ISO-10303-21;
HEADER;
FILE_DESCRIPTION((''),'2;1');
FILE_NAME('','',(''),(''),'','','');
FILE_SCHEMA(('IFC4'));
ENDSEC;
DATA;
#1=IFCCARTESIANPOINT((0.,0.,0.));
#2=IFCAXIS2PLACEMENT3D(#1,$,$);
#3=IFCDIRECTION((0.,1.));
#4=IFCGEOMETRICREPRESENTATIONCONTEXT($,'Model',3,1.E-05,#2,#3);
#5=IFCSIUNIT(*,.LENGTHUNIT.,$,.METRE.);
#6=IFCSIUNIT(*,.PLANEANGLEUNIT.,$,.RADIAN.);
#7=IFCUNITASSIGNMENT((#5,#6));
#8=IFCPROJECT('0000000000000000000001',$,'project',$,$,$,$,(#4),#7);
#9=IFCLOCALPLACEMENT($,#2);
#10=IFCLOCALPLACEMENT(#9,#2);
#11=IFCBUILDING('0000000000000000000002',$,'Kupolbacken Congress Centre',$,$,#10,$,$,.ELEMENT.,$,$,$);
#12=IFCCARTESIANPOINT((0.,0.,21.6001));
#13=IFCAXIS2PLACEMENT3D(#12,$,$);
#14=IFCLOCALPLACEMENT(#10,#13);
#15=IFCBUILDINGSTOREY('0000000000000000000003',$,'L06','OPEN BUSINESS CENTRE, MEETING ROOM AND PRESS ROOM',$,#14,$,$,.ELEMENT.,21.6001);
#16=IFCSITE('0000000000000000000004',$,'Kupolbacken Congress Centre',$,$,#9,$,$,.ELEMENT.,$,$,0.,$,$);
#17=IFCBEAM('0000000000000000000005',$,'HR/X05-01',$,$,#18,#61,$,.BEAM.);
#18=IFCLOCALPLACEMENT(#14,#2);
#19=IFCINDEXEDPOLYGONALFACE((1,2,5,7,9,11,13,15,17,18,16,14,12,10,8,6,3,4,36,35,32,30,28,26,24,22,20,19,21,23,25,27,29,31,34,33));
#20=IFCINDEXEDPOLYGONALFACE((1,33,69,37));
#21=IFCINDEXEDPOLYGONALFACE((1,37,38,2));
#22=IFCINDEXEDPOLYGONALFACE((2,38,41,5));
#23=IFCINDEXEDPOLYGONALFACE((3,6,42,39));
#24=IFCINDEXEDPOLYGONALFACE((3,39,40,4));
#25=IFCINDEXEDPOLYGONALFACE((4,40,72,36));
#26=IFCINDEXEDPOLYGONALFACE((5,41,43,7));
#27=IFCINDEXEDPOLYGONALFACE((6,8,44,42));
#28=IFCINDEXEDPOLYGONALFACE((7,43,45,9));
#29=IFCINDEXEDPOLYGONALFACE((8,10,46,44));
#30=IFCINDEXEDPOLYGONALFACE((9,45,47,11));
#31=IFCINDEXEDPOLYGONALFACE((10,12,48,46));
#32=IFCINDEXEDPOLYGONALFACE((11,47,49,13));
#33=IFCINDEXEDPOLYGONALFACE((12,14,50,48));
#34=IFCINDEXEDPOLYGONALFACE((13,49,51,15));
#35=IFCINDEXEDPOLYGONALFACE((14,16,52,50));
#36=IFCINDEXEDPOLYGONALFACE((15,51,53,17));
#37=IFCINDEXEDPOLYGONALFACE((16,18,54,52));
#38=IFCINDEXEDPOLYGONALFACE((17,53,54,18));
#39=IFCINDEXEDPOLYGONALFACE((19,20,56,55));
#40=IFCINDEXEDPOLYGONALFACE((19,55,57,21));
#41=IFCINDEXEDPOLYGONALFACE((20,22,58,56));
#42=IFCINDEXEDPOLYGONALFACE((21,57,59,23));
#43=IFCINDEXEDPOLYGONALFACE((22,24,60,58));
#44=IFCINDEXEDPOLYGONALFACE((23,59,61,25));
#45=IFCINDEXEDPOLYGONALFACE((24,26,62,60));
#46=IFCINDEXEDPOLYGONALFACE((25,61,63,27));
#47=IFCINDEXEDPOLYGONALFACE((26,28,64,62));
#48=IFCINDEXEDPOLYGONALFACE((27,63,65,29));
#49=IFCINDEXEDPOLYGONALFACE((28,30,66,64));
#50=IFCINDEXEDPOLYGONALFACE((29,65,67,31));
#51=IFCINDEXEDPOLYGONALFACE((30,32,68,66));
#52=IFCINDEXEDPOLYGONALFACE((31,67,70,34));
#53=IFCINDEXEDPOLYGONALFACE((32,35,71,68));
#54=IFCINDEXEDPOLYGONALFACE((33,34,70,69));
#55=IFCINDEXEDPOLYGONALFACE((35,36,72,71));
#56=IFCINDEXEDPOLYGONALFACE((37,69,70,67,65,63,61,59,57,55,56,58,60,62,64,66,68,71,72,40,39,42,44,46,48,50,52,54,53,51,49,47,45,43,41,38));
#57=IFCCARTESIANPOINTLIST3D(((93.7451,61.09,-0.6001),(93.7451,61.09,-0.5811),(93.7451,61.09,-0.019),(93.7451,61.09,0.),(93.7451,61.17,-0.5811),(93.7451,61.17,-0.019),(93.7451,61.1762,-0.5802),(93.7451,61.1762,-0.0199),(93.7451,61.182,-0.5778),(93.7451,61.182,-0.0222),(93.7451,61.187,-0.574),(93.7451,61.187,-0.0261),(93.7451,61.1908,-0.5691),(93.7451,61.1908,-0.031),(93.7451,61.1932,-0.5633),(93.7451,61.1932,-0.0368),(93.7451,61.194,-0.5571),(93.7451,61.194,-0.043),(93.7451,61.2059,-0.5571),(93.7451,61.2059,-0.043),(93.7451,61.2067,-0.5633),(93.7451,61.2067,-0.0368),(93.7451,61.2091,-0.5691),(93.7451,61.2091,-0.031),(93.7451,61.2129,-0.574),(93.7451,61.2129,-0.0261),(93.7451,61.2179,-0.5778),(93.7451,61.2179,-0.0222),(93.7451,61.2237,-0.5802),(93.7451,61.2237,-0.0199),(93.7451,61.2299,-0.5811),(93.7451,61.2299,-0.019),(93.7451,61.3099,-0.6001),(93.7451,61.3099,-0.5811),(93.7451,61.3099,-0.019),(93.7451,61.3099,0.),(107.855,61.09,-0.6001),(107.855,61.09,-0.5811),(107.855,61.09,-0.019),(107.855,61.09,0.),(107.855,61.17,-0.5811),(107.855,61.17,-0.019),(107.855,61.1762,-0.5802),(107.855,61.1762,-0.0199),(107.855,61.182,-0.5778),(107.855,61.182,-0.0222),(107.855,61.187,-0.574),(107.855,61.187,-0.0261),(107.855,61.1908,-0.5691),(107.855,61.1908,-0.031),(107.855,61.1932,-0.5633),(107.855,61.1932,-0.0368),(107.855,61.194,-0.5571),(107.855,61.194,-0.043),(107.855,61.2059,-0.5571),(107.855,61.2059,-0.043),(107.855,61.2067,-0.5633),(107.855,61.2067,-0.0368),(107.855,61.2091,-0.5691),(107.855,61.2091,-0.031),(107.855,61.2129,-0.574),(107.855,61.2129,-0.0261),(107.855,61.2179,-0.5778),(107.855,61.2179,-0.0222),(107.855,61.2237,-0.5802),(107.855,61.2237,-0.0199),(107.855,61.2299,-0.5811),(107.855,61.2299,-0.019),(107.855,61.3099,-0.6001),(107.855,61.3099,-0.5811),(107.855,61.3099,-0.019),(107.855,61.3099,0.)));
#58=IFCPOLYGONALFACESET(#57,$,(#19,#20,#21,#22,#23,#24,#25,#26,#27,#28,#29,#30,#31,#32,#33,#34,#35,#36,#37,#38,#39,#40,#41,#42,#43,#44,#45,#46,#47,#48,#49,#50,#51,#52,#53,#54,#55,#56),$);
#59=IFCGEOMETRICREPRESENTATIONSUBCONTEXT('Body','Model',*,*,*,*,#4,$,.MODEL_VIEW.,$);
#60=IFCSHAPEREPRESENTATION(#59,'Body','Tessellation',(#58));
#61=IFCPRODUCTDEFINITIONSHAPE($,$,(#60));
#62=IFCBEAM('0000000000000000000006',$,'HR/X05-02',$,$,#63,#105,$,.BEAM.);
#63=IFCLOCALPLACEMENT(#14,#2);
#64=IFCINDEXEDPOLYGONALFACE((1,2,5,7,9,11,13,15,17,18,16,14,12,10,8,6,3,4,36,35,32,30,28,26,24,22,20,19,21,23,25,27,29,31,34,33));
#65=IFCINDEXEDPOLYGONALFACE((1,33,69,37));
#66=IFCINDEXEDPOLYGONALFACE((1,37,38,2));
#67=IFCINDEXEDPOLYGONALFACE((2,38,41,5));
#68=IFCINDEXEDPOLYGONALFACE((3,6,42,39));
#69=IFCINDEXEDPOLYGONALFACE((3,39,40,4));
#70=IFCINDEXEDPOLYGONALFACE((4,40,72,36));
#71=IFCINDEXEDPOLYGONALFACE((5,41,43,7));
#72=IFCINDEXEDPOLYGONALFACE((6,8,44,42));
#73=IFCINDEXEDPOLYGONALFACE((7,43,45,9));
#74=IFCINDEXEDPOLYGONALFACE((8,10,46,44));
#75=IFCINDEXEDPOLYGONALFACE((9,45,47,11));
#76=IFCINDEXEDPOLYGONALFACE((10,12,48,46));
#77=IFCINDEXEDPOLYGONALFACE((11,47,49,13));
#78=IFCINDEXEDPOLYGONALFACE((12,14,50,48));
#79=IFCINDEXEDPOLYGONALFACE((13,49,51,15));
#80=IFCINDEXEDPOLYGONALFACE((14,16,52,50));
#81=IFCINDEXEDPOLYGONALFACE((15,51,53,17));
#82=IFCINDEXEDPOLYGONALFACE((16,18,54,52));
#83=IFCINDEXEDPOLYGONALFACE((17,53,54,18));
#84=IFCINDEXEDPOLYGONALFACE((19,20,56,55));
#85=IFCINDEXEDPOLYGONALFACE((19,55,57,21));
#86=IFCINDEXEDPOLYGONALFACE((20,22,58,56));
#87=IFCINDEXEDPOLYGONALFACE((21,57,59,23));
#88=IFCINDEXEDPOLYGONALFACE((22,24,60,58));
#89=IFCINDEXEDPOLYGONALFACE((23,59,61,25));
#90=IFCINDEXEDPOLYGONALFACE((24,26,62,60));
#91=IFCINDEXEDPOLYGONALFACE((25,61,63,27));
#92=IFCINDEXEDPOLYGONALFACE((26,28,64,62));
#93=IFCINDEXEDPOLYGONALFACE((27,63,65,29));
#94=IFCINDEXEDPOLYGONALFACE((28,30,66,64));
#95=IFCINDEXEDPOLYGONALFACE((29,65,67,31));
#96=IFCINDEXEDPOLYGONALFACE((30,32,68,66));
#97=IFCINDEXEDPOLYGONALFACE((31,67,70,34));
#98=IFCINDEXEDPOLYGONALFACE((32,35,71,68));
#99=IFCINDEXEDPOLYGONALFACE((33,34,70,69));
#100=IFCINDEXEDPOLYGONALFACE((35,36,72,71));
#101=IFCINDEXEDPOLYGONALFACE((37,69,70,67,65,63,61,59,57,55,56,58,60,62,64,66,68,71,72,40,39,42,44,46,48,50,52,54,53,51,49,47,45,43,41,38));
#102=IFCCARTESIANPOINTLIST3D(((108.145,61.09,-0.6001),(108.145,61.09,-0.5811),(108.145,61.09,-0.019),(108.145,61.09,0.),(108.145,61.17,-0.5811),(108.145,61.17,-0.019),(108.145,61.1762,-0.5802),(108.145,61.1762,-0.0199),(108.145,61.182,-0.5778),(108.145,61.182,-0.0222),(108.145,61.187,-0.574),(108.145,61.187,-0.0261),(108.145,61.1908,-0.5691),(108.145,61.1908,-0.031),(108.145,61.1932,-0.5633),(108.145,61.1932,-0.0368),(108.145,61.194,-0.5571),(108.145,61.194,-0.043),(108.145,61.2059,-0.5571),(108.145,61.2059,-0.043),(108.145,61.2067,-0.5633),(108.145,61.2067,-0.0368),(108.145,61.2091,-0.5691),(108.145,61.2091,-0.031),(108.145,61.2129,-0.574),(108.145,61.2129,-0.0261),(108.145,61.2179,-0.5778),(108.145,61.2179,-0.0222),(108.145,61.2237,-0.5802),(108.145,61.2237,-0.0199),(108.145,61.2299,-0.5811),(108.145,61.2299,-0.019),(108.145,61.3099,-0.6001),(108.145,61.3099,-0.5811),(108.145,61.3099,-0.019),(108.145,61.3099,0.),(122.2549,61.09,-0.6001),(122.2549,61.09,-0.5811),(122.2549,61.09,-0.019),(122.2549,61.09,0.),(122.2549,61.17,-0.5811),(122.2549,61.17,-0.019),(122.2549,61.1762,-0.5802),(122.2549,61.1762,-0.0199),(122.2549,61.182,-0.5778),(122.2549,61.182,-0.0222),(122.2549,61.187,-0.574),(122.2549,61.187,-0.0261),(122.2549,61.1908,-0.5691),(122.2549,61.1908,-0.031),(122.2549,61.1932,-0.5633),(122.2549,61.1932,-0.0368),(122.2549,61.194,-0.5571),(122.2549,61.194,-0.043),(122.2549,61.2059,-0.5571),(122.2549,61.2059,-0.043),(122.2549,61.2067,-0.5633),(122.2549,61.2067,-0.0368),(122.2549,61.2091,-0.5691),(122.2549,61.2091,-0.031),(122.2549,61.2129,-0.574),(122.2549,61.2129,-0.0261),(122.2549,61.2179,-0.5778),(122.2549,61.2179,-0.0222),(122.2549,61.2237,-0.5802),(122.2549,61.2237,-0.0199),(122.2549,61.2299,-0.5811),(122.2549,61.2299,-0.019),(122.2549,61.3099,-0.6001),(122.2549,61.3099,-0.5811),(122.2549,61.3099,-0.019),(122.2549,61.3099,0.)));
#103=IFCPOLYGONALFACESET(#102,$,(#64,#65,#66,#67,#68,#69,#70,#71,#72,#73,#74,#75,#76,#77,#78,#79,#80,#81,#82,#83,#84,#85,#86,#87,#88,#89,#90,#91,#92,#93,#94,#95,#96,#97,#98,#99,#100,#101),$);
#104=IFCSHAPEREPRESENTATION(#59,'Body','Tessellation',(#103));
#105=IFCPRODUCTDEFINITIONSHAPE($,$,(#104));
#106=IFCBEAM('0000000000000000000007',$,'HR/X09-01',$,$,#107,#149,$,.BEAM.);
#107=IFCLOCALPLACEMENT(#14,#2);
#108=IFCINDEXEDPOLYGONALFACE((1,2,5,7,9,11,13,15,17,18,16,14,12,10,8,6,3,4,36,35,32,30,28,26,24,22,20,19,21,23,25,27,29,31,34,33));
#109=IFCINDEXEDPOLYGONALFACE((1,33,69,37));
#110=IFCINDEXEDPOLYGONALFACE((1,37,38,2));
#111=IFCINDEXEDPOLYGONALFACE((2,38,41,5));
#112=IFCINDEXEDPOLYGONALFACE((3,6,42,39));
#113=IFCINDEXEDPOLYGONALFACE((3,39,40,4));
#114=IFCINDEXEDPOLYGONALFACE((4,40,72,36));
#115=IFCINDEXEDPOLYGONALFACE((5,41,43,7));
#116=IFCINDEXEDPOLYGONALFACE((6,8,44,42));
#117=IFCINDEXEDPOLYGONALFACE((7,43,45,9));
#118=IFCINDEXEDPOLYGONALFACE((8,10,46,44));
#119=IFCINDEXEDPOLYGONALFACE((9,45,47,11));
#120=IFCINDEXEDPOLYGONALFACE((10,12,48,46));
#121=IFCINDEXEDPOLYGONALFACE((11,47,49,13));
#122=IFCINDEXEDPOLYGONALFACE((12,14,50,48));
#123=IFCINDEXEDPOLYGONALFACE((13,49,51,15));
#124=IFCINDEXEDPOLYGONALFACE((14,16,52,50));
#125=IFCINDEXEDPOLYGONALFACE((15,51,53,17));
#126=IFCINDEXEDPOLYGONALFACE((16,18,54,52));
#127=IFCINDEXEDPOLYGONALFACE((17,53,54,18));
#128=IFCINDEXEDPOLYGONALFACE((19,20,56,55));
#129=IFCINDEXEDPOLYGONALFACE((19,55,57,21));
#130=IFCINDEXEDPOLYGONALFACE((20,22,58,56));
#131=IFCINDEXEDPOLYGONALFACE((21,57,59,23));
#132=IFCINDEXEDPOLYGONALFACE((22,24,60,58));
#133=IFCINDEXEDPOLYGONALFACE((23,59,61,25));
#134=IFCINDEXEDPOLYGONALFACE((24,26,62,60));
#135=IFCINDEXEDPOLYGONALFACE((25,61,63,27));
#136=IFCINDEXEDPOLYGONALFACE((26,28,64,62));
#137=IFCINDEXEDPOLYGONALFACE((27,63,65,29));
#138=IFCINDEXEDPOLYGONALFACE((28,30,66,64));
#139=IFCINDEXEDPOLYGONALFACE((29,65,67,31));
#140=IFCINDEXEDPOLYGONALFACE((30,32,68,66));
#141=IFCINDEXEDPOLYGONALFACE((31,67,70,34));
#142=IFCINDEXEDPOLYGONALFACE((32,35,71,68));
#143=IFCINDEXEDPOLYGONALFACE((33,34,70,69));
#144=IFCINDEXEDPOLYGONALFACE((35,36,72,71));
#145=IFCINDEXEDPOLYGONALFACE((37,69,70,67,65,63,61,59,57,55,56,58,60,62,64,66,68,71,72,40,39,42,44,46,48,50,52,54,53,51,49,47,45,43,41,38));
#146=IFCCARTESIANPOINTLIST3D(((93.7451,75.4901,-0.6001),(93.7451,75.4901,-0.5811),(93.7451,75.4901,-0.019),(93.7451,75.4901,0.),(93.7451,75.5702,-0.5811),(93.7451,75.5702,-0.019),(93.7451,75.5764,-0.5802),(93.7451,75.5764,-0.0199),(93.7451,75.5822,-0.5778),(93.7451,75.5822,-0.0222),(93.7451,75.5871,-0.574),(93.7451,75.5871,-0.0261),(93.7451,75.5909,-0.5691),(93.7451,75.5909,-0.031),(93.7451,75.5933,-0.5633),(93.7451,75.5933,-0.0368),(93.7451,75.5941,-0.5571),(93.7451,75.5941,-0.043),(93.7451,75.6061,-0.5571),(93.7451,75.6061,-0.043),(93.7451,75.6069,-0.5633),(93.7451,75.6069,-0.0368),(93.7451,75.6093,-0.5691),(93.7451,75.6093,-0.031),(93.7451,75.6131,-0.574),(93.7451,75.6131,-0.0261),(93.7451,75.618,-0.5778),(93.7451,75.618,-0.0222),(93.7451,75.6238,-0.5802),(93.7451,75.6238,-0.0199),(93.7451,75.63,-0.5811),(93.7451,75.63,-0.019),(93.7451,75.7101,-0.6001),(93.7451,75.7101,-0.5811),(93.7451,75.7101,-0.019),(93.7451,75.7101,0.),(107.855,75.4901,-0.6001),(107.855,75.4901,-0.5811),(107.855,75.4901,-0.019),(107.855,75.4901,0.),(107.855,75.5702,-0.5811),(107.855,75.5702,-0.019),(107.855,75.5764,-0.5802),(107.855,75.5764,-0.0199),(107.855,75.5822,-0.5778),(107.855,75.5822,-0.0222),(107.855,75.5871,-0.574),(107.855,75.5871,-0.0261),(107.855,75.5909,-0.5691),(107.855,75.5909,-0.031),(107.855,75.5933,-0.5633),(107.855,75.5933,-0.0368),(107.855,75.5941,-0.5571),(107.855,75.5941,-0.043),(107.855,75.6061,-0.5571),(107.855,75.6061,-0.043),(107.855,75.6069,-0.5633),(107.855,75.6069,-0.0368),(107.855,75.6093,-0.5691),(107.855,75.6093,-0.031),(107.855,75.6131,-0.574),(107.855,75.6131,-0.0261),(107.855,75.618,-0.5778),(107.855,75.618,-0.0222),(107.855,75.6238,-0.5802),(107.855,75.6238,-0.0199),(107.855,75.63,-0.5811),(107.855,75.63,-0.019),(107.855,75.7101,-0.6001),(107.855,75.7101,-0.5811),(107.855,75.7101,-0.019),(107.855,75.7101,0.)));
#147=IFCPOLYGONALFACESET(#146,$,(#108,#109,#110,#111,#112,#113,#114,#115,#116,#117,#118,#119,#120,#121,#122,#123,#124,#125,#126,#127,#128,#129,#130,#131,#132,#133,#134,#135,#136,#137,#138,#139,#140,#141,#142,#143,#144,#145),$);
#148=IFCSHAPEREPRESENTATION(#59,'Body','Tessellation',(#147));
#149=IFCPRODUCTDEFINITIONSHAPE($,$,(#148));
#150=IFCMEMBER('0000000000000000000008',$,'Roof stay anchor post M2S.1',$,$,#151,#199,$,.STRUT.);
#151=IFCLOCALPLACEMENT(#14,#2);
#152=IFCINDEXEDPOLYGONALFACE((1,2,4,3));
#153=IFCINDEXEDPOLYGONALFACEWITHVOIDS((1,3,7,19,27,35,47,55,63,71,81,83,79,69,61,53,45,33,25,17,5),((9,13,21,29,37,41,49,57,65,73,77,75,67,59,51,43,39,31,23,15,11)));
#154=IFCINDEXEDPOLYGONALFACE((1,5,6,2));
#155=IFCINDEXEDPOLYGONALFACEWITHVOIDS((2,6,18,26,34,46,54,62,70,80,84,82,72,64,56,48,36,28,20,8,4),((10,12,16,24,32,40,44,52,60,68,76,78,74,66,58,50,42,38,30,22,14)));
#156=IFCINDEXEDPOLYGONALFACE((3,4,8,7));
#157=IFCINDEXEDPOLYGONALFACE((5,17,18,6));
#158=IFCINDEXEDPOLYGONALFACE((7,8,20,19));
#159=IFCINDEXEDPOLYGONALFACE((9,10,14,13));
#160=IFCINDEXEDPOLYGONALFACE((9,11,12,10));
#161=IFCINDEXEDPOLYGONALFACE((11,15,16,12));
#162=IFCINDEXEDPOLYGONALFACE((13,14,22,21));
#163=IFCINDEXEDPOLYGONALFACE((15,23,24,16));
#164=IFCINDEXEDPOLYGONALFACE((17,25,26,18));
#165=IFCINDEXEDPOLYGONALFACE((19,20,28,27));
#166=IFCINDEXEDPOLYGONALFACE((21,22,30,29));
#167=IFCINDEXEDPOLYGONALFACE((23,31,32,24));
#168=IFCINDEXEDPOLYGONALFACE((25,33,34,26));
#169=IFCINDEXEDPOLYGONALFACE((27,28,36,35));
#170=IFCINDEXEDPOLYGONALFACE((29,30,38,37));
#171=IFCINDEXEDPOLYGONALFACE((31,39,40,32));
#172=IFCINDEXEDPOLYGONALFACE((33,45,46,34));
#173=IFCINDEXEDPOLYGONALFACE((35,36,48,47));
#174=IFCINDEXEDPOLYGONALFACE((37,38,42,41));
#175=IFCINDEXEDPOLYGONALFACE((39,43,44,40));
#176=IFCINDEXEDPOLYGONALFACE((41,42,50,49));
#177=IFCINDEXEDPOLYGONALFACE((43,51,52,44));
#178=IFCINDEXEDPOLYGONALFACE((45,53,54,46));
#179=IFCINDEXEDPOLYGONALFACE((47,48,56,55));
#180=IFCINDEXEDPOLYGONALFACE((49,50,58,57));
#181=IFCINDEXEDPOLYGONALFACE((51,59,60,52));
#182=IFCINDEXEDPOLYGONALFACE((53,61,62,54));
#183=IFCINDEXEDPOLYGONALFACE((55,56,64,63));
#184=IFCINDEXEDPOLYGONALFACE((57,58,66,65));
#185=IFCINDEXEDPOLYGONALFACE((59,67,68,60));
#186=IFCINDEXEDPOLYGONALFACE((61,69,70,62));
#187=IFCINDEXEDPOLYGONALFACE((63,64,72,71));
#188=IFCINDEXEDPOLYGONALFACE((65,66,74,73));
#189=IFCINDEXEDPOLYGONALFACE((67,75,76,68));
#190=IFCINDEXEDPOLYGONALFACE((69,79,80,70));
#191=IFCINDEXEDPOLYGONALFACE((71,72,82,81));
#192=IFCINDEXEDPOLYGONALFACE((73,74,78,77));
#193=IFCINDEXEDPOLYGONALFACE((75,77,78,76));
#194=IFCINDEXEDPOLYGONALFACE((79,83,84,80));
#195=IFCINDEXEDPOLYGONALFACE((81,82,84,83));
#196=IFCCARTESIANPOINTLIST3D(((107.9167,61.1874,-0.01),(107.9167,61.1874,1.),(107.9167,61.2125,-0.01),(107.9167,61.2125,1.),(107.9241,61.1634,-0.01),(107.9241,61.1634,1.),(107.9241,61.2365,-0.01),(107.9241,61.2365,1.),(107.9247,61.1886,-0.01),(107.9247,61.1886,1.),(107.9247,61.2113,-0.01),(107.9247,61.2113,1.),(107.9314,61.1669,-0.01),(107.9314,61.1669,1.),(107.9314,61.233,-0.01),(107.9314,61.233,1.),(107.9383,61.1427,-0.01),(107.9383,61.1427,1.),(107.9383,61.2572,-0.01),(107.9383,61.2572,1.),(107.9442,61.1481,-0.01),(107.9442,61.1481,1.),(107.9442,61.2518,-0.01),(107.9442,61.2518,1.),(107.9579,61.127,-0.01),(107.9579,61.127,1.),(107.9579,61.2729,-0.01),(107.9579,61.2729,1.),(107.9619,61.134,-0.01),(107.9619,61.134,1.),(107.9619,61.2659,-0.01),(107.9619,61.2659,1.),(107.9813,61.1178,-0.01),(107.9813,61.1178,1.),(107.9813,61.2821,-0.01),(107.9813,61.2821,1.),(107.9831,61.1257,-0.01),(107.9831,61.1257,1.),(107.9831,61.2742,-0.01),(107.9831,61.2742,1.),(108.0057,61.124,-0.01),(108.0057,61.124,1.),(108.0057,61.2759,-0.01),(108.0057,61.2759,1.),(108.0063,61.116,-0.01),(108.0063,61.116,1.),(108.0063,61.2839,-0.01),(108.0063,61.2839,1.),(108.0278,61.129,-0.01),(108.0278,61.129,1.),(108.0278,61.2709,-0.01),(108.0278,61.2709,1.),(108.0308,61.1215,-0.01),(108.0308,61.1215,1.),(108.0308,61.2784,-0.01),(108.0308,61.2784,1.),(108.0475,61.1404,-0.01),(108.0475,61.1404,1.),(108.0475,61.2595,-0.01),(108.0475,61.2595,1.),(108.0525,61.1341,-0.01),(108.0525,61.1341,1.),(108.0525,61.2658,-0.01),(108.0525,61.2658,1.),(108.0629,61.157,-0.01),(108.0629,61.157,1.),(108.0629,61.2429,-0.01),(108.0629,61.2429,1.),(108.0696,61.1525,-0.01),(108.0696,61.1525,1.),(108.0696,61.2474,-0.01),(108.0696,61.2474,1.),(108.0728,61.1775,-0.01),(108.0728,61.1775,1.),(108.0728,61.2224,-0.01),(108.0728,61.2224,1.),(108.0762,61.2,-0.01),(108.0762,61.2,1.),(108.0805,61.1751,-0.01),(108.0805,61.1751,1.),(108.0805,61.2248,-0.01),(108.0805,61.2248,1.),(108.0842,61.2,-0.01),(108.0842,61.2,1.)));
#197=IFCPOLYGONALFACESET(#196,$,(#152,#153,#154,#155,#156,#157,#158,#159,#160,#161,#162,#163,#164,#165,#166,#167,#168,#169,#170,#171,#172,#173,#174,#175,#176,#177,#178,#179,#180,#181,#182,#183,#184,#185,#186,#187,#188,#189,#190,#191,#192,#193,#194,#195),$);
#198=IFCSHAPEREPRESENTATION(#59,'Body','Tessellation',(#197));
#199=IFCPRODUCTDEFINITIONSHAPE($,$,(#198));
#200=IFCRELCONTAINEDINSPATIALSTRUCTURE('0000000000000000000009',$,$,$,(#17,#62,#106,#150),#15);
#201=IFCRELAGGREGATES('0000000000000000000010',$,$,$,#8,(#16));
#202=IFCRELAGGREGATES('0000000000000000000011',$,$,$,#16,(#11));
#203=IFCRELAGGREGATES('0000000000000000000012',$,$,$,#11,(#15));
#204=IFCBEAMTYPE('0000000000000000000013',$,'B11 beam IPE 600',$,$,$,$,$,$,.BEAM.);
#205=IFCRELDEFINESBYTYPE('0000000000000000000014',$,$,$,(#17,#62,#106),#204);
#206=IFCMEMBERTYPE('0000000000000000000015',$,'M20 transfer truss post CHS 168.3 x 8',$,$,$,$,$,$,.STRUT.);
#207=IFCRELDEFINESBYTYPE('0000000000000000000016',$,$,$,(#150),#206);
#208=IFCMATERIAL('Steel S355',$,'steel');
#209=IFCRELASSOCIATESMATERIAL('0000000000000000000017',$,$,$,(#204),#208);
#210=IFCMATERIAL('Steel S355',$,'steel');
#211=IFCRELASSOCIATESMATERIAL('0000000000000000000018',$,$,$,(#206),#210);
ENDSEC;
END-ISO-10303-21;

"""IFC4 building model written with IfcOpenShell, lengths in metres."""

from ifc_helpers import new_model, si_unit, direction, frame, origin, origin_2d, place, context, subcontext, project, spatial, hollow_circle, i_section, extrude, material, material_profile, profile_set, type_object, element, save


model = new_model("IFC4")

# Units and contexts
model_context = context("Model", 3, precision=1e-05, world=origin(), true_north=direction((0.0, 1.0)))
body_context = subcontext(model_context, "Body", "Model", "MODEL_VIEW")
ifc_project = project(units=[si_unit("LENGTHUNIT", "METRE"), si_unit("PLANEANGLEUNIT", "RADIAN")], contexts=[model_context])

# Site, building, storey
site_placement = place(None, origin())
site = spatial("IfcSite", under=ifc_project, at=site_placement, Name="Kupolbacken Congress Centre", CompositionType="ELEMENT", RefElevation=0.0)
building_placement = place(site_placement, origin())
building = spatial("IfcBuilding", under=site, at=building_placement, Name="Kupolbacken Congress Centre", CompositionType="ELEMENT")
storey_placement = place(building_placement, frame((0.0, 0.0, 21.6001)))
storey = spatial("IfcBuildingStorey", under=building, at=storey_placement, Name="L06", Description="OPEN BUSINESS CENTRE, MEETING ROOM AND PRESS ROOM", CompositionType="ELEMENT", Elevation=21.6001)

# Beams
ifc_material_1 = material(Name="Steel S355", Category="steel")
ifc_material_profile_1 = material_profile(ifc_material_1, i_section(OverallWidth=0.22, OverallDepth=0.6001, WebThickness=0.012, FlangeThickness=0.019, FilletRadius=0.0239, at=origin_2d()), Name="IPE 600")
ifc_profile_set_1 = profile_set([ifc_material_profile_1], Name="Steel S355")
beam_type_1 = type_object("IfcBeamType", Name="B11 beam IPE 600", PredefinedType="BEAM", material=ifc_profile_set_1)
for number, where, z_axis, x_axis, name in (
    (1, (93.7451, 61.2, -0.3), (1.0, 0.0, 0.0), (0.0, 1.0, 0.0), "HR/X05-01"),
    (2, (108.145, 61.2, -0.3), (1.0, 0.0, 0.0), (0.0, 1.0, 0.0), "HR/X05-02"),
    (3, (93.7451, 75.6001, -0.3), (1.0, 0.0, 0.0), (0.0, 1.0, 0.0), "HR/X09-01"),
):
    element("IfcBeam", number, at=place(storey_placement, frame(where, z_axis=z_axis, x_axis=x_axis)), inside=storey, type_object=beam_type_1, Name=name, PredefinedType="BEAM", context=body_context, shape_type="SweptSolid", body=[
        extrude(i_section(OverallWidth=0.22, OverallDepth=0.6001, WebThickness=0.012, FlangeThickness=0.019, FilletRadius=0.0239, at=origin_2d()), origin(), (0.0, 0.0, 1.0), 14.1099),
    ])

# Member
ifc_material_2 = material(Name="Steel S355", Category="steel")
ifc_material_profile_2 = material_profile(ifc_material_2, hollow_circle(Radius=0.0842, WallThickness=0.0081, at=origin_2d()), Name="CHS 168.3 x 8")
ifc_profile_set_2 = profile_set([ifc_material_profile_2], Name="Steel S355")
member_type_1 = type_object("IfcMemberType", Name="M20 transfer truss post CHS 168.3 x 8", PredefinedType="STRUT", material=ifc_profile_set_2)
for number, where, z_axis, x_axis, name in (
    (4, (108.0, 61.2, -0.01), (0.0, 0.0, 1.0), (1.0, 0.0, 0.0), "Roof stay anchor post M2S.1"),
):
    element("IfcMember", number, at=place(storey_placement, frame(where, z_axis=z_axis, x_axis=x_axis)), inside=storey, type_object=member_type_1, Name=name, PredefinedType="STRUT", context=body_context, shape_type="SweptSolid", body=[
        extrude(hollow_circle(Radius=0.0842, WallThickness=0.0081, at=origin_2d()), origin(), (0.0, 0.0, 1.0), 1.01),
    ])

save(model, "model.ifc")
